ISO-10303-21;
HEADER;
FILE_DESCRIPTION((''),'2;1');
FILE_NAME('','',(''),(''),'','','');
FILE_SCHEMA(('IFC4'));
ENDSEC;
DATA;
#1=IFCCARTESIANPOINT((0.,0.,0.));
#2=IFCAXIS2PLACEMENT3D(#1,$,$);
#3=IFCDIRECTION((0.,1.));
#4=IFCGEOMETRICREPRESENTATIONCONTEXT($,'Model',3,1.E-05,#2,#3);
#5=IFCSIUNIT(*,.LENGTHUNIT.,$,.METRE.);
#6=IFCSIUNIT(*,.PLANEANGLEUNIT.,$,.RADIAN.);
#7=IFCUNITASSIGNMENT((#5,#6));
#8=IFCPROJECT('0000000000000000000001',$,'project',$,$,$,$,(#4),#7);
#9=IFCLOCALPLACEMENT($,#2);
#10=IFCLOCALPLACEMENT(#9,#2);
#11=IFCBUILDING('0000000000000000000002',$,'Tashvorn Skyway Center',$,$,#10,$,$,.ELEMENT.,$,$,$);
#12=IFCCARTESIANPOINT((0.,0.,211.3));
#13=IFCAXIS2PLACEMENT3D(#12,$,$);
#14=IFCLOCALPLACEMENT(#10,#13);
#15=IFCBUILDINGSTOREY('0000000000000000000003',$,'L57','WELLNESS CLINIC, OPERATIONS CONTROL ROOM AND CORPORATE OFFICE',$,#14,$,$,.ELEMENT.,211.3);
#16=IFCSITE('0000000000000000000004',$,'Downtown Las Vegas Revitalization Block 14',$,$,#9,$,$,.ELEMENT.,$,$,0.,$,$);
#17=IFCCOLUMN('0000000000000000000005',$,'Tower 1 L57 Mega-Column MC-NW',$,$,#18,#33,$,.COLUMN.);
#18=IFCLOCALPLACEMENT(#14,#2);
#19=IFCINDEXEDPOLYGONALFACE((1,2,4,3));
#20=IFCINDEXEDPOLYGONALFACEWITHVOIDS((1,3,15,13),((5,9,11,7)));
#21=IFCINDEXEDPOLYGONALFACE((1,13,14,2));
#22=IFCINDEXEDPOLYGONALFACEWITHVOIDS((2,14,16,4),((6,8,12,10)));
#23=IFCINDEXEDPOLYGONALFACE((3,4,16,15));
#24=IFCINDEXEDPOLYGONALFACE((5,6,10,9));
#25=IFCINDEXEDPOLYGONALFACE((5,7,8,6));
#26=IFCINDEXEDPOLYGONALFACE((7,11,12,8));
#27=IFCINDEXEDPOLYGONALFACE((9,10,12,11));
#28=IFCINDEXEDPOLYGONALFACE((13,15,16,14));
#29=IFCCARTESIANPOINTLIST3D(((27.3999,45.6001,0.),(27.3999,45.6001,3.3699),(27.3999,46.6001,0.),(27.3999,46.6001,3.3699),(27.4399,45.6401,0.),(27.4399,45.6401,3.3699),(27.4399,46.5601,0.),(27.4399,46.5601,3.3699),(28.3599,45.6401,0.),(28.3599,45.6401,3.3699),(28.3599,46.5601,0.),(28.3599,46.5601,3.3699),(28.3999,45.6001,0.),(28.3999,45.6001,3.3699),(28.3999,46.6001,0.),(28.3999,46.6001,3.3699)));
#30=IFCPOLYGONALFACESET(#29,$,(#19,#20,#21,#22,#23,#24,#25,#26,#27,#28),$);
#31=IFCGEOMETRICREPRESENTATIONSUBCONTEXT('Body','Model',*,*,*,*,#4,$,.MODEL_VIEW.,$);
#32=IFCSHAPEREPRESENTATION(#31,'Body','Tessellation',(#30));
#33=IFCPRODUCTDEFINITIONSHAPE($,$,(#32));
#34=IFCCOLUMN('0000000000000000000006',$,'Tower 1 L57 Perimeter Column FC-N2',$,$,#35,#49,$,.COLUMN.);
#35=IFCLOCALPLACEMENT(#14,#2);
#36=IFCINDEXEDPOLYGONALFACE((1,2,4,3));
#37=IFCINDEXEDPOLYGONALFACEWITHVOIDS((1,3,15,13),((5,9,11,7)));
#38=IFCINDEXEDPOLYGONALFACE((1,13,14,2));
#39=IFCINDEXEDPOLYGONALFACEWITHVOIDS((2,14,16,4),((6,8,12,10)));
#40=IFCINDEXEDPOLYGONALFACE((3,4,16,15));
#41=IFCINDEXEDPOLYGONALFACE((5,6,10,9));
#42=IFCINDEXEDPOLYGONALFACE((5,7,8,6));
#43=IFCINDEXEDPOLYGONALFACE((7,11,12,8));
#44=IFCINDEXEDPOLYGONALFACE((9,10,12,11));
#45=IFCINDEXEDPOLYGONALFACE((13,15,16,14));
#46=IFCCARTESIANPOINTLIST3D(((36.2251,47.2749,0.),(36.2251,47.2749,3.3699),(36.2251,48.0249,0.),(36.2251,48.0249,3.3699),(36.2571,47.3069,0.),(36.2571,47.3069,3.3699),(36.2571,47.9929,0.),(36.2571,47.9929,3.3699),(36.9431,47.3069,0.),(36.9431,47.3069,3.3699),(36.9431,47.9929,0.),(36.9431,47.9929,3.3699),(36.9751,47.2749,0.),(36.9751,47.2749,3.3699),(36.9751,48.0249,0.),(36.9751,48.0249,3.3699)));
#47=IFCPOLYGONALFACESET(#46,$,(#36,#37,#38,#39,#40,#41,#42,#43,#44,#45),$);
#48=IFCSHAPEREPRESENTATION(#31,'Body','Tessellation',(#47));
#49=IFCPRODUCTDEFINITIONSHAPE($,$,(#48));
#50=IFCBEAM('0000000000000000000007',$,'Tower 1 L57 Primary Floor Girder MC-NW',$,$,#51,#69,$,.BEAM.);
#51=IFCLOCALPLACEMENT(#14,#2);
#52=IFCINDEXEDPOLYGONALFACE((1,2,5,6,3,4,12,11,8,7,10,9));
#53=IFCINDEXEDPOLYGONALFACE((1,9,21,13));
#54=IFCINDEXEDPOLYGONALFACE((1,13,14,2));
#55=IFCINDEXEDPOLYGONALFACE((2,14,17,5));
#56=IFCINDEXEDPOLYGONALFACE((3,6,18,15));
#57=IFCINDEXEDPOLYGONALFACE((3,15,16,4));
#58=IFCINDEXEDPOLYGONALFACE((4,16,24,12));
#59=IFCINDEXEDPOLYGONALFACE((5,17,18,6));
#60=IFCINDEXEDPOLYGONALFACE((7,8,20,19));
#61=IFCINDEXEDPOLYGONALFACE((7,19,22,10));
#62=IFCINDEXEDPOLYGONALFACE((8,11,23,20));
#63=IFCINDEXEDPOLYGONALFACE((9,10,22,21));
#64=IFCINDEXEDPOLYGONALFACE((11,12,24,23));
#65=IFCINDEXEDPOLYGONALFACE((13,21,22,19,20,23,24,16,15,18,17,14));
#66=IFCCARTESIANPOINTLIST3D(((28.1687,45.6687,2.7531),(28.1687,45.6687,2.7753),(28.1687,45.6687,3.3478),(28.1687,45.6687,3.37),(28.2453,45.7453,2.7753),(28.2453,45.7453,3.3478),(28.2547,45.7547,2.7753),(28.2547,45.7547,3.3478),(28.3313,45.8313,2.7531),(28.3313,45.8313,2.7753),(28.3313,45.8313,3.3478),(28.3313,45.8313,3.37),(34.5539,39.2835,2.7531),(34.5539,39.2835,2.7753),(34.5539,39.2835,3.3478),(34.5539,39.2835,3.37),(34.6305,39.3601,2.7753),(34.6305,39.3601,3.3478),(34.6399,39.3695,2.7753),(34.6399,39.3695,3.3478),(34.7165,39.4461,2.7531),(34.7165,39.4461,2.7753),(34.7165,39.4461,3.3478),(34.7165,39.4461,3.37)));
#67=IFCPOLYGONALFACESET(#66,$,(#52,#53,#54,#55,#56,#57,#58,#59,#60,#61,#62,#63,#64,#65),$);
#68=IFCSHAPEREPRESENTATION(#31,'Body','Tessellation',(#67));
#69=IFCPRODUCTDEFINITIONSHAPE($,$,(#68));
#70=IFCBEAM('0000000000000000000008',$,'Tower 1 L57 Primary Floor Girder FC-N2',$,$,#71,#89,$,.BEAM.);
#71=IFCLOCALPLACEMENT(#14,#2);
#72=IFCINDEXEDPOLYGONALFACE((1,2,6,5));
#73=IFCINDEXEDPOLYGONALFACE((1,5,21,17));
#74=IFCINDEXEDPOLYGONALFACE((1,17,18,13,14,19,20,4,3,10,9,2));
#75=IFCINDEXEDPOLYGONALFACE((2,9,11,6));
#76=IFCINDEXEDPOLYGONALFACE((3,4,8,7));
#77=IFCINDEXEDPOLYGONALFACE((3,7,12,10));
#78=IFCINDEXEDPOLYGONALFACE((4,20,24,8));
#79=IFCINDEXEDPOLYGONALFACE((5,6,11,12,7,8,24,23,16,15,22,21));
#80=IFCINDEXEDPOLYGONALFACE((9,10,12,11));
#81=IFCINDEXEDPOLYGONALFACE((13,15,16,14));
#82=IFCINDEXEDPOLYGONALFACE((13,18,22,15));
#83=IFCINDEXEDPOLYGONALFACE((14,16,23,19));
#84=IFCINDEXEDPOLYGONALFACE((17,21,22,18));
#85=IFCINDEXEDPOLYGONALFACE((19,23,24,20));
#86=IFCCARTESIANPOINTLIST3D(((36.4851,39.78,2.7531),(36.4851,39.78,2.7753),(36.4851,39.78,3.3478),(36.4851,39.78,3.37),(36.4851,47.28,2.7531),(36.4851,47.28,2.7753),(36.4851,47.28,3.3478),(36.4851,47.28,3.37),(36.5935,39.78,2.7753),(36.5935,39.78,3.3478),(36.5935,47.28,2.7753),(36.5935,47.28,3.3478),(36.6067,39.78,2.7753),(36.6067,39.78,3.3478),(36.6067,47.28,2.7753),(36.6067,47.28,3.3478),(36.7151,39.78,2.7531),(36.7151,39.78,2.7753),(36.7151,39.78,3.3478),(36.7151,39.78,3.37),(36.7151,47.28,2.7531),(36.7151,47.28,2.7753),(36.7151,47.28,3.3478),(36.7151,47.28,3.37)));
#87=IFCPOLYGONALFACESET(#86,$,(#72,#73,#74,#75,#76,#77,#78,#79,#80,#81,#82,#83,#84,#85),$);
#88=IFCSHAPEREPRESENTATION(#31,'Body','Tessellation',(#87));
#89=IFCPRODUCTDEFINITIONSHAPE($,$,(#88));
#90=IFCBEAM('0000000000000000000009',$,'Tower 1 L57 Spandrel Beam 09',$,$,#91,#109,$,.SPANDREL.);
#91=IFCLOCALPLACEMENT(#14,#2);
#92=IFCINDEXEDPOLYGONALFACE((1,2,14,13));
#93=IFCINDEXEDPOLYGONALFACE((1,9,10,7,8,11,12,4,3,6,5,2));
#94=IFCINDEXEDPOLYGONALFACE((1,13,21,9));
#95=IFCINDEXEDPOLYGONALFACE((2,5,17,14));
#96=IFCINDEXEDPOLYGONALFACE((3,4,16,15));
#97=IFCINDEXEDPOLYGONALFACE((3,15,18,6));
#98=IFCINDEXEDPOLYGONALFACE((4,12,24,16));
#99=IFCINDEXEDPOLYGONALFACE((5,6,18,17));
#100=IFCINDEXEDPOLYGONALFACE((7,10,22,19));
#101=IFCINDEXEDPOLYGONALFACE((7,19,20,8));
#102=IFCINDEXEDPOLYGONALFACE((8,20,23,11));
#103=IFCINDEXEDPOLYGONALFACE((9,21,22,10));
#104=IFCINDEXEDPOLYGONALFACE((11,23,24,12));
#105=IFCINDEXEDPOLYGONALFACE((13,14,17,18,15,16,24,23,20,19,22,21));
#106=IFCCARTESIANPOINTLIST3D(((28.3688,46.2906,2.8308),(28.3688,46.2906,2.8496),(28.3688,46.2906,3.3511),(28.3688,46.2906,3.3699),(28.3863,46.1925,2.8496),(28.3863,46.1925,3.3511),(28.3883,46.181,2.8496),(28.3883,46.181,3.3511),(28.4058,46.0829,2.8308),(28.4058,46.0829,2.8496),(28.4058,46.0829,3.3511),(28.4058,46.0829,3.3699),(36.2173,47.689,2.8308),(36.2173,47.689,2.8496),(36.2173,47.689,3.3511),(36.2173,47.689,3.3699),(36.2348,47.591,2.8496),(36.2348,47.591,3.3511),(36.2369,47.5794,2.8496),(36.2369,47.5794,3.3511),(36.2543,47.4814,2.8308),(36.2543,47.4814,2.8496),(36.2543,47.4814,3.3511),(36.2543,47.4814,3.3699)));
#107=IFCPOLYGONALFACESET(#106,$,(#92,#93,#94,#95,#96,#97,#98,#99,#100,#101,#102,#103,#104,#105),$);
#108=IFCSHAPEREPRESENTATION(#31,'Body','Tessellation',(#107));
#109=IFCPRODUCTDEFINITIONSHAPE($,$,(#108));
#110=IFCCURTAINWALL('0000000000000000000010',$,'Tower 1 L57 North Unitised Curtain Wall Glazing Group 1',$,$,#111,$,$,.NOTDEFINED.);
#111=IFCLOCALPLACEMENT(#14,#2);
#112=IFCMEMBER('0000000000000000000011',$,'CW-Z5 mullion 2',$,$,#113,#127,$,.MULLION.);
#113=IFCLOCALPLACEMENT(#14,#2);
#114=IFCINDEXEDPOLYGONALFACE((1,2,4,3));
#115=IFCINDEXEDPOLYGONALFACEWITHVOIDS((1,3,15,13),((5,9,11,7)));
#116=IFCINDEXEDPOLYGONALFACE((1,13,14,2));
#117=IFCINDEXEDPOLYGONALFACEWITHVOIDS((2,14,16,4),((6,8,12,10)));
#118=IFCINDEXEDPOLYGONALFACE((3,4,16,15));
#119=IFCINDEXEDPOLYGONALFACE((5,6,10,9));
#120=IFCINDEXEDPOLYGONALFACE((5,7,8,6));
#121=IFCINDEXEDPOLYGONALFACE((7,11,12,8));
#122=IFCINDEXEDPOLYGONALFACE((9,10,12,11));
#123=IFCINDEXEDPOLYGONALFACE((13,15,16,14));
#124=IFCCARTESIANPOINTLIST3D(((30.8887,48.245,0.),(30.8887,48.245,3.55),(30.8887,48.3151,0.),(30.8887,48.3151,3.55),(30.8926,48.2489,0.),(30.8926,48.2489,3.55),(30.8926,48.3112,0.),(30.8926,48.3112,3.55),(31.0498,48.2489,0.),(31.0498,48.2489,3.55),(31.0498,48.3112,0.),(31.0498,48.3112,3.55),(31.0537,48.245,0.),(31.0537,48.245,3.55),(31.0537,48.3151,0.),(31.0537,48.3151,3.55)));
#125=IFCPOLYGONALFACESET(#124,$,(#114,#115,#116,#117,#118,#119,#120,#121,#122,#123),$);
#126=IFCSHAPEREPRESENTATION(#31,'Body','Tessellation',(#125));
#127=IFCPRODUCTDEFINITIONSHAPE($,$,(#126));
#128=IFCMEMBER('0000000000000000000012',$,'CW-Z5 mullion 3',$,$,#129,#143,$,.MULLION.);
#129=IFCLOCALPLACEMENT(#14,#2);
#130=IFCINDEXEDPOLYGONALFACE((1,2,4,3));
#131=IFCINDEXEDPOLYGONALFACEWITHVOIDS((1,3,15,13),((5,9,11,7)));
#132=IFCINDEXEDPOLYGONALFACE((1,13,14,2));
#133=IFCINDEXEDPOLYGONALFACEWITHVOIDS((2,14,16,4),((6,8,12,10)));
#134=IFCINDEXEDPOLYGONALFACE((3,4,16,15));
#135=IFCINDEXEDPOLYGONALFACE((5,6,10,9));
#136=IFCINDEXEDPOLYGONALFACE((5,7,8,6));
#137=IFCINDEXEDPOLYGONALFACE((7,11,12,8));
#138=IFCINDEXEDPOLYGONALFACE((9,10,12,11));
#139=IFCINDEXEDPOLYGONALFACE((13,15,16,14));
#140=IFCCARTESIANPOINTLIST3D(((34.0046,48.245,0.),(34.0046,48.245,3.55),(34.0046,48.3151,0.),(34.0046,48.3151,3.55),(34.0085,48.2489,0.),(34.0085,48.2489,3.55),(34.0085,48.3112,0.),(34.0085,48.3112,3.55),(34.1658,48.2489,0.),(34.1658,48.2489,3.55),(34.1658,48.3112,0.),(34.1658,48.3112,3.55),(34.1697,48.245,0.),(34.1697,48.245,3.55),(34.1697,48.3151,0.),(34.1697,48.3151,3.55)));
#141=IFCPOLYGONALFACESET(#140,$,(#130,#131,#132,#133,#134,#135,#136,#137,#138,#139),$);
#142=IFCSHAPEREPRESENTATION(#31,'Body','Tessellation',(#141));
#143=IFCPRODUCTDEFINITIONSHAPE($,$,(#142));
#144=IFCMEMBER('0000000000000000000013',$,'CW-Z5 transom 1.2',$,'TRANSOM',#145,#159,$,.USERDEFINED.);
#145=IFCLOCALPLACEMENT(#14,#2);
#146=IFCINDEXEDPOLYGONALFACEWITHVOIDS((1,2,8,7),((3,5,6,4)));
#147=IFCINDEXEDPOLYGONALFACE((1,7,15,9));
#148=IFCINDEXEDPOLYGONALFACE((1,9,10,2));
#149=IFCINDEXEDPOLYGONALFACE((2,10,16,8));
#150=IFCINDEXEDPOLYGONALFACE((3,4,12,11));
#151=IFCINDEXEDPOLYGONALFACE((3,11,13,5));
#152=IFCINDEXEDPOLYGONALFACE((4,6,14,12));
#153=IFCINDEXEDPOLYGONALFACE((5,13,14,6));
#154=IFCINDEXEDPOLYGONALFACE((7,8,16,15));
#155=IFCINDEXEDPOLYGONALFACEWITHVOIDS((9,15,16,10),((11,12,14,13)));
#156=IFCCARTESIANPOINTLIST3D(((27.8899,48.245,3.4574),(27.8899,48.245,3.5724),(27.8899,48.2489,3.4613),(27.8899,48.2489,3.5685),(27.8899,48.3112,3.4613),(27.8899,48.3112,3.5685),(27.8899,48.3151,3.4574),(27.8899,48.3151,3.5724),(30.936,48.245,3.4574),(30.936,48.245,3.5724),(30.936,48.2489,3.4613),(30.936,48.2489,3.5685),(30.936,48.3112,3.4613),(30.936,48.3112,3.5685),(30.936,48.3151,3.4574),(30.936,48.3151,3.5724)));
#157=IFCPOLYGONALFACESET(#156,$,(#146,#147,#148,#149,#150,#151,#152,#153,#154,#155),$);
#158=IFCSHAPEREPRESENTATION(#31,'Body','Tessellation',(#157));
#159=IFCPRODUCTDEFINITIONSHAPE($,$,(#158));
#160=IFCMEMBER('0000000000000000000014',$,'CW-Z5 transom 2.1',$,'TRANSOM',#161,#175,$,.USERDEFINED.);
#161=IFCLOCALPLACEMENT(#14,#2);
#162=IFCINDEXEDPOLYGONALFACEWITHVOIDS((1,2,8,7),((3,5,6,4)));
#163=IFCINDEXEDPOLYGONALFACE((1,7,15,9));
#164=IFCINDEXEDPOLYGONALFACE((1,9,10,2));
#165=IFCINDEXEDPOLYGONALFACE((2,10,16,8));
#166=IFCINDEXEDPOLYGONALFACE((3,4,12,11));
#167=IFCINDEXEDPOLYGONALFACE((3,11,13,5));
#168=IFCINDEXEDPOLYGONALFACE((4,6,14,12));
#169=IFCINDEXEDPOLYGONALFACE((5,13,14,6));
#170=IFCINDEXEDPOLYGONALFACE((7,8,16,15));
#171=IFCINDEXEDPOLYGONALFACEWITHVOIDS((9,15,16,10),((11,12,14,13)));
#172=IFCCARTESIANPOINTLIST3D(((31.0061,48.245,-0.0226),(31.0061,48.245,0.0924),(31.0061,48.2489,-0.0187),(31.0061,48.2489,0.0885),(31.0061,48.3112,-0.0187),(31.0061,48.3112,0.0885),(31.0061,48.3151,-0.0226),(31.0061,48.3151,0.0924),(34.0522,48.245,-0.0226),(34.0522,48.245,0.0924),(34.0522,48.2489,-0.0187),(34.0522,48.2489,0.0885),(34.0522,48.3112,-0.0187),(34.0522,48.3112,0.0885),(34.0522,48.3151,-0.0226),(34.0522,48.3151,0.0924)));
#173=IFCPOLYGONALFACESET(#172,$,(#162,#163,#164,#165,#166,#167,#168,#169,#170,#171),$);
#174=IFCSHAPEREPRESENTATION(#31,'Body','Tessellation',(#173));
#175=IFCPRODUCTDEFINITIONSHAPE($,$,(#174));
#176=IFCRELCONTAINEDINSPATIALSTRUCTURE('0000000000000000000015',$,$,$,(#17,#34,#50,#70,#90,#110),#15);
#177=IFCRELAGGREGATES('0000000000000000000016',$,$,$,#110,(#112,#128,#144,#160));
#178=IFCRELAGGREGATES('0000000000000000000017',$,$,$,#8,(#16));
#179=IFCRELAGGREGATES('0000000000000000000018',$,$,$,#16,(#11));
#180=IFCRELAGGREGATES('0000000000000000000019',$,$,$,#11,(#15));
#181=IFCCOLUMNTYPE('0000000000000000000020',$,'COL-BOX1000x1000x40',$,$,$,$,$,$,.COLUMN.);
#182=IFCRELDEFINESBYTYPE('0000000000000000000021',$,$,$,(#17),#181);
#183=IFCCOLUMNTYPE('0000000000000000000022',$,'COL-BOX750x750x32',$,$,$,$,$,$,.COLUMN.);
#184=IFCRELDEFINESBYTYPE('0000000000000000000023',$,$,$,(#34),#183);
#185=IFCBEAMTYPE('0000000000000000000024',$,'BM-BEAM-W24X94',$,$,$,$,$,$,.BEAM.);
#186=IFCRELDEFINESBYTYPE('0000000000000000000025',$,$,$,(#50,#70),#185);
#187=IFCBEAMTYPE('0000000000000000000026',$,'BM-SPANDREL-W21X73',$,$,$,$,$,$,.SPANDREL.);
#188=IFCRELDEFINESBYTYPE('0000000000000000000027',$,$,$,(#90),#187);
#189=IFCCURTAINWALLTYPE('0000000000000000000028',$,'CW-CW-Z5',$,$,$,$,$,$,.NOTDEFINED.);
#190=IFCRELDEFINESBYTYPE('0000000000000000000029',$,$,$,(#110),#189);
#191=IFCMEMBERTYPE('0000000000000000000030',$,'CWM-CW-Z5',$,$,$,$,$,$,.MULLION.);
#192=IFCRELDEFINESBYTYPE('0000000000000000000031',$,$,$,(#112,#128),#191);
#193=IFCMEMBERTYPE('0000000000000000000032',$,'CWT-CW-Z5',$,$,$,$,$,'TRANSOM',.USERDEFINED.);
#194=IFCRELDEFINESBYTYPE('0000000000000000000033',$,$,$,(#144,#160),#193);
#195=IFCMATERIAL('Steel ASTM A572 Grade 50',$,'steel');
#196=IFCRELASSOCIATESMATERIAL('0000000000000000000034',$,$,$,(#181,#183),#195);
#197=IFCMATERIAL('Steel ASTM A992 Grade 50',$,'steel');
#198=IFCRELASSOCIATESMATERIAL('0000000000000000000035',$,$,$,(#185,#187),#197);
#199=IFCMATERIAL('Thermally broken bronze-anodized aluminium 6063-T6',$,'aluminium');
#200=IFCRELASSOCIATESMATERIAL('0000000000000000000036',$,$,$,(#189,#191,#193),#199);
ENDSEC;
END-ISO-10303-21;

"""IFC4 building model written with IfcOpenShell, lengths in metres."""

from ifc_helpers import new_model, si_unit, direction, frame, origin, origin_2d, place, context, subcontext, project, spatial, hollow_rectangle, i_section, extrude, material, material_profile, profile_set, type_object, element, aggregate, save


model = new_model("IFC4")

# Units and contexts
model_context = context("Model", 3, precision=1e-05, world=origin(), true_north=direction((0.0, 1.0)))
body_context = subcontext(model_context, "Body", "Model", "MODEL_VIEW")
ifc_project = project(units=[si_unit("LENGTHUNIT", "METRE"), si_unit("PLANEANGLEUNIT", "RADIAN")], contexts=[model_context])

# Site, building, storey
site_placement = place(None, origin())
site = spatial("IfcSite", under=ifc_project, at=site_placement, Name="Downtown Las Vegas Revitalization Block 14", CompositionType="ELEMENT", RefElevation=0.0)
building_placement = place(site_placement, origin())
building = spatial("IfcBuilding", under=site, at=building_placement, Name="Tashvorn Skyway Center", CompositionType="ELEMENT")
storey_placement = place(building_placement, frame((0.0, 0.0, 211.3)))
storey = spatial("IfcBuildingStorey", under=building, at=storey_placement, Name="L57", Description="WELLNESS CLINIC, OPERATIONS CONTROL ROOM AND CORPORATE OFFICE", CompositionType="ELEMENT", Elevation=211.3)

# Columns
ifc_material_1 = material(Name="Steel ASTM A572 Grade 50", Category="steel")
ifc_material_profile_1 = material_profile(ifc_material_1, hollow_rectangle(XDim=1.0, YDim=1.0, WallThickness=0.04, at=origin_2d()), Name="BOX1000x1000x40")
ifc_profile_set_1 = profile_set([ifc_material_profile_1], Name="Steel ASTM A572 Grade 50")
column_type_1 = type_object("IfcColumnType", Name="COL-BOX1000x1000x40", PredefinedType="COLUMN", material=ifc_profile_set_1)
column_1_placement = place(storey_placement, frame((27.8999, 46.1001, 0.0), z_axis=(0.0, 0.0, 1.0), x_axis=(1.0, 0.0, 0.0)))
element("IfcColumn", 1, at=column_1_placement, inside=storey, type_object=column_type_1, Name="Tower 1 L57 Mega-Column MC-NW", PredefinedType="COLUMN", context=body_context, shape_type="SweptSolid", body=[
    extrude(hollow_rectangle(XDim=1.0, YDim=1.0, WallThickness=0.04, at=origin_2d()), origin(), (0.0, 0.0, 1.0), 3.3699),
])
ifc_material_profile_2 = material_profile(ifc_material_1, hollow_rectangle(XDim=0.75, YDim=0.75, WallThickness=0.032, at=origin_2d()), Name="BOX750x750x32")
ifc_profile_set_2 = profile_set([ifc_material_profile_2], Name="Steel ASTM A572 Grade 50")
column_type_2 = type_object("IfcColumnType", Name="COL-BOX750x750x32", PredefinedType="COLUMN", material=ifc_profile_set_2)
column_2_placement = place(storey_placement, frame((36.6001, 47.6499, 0.0), z_axis=(0.0, 0.0, 1.0), x_axis=(1.0, 0.0, 0.0)))
element("IfcColumn", 2, at=column_2_placement, inside=storey, type_object=column_type_2, Name="Tower 1 L57 Perimeter Column FC-N2", PredefinedType="COLUMN", context=body_context, shape_type="SweptSolid", body=[
    extrude(hollow_rectangle(XDim=0.75, YDim=0.75, WallThickness=0.032, at=origin_2d()), origin(), (0.0, 0.0, 1.0), 3.3699),
])

# Beams
ifc_material_2 = material(Name="Steel ASTM A992 Grade 50", Category="steel")
ifc_material_profile_3 = material_profile(ifc_material_2, i_section(OverallWidth=0.23, OverallDepth=0.6169, WebThickness=0.0132, FlangeThickness=0.0222, at=origin_2d()), Name="W24X94")
ifc_profile_set_3 = profile_set([ifc_material_profile_3], Name="Steel ASTM A992 Grade 50")
beam_type_1 = type_object("IfcBeamType", Name="BM-BEAM-W24X94", PredefinedType="BEAM", material=ifc_profile_set_3)
beam_1_placement = place(storey_placement, frame((28.25, 45.75, 3.0615), z_axis=(0.707107, -0.707107, 0.0), x_axis=(0.707107, 0.707107, 0.0)))
element("IfcBeam", 3, at=beam_1_placement, inside=storey, type_object=beam_type_1, Name="Tower 1 L57 Primary Floor Girder MC-NW", PredefinedType="BEAM", context=body_context, shape_type="SweptSolid", body=[
    extrude(i_section(OverallWidth=0.23, OverallDepth=0.6169, WebThickness=0.0132, FlangeThickness=0.0222, at=origin_2d()), origin(), (0.0, 0.0, 1.0), 9.03),
])
beam_2_placement = place(storey_placement, frame((36.6001, 47.28, 3.0615), z_axis=(0.0, -1.0, 0.0), x_axis=(1.0, 0.0, 0.0)))
element("IfcBeam", 4, at=beam_2_placement, inside=storey, type_object=beam_type_1, Name="Tower 1 L57 Primary Floor Girder FC-N2", PredefinedType="BEAM", context=body_context, shape_type="SweptSolid", body=[
    extrude(i_section(OverallWidth=0.23, OverallDepth=0.6169, WebThickness=0.0132, FlangeThickness=0.0222, at=origin_2d()), origin(), (0.0, 0.0, 1.0), 7.5),
])
ifc_material_profile_4 = material_profile(ifc_material_2, i_section(OverallWidth=0.2109, OverallDepth=0.5391, WebThickness=0.0117, FlangeThickness=0.0188, at=origin_2d()), Name="W21X73")
ifc_profile_set_4 = profile_set([ifc_material_profile_4], Name="Steel ASTM A992 Grade 50")
beam_type_2 = type_object("IfcBeamType", Name="BM-SPANDREL-W21X73", PredefinedType="SPANDREL", material=ifc_profile_set_4)
beam_3_placement = place(storey_placement, frame((36.2358, 47.5852, 3.1003), z_axis=(-0.984495, -0.175413, 0.0), x_axis=(0.175413, -0.984495, 0.0)))
element("IfcBeam", 5, at=beam_3_placement, inside=storey, type_object=beam_type_2, Name="Tower 1 L57 Spandrel Beam 09", PredefinedType="SPANDREL", context=body_context, shape_type="SweptSolid", body=[
    extrude(i_section(OverallWidth=0.2109, OverallDepth=0.5391, WebThickness=0.0117, FlangeThickness=0.0188, at=origin_2d()), origin(), (0.0, 0.0, 1.0), 7.9722),
])

# Curtain wall, members
ifc_material_3 = material(Name="Thermally broken bronze-anodized aluminium 6063-T6", Category="aluminium")
curtain_wall_type = type_object("IfcCurtainWallType", Name="CW-CW-Z5", PredefinedType="NOTDEFINED", material=ifc_material_3)
curtain_wall_placement = place(storey_placement, origin())
curtain_wall = element("IfcCurtainWall", 6, at=curtain_wall_placement, inside=storey, type_object=curtain_wall_type, Name="Tower 1 L57 North Unitised Curtain Wall Glazing Group 1", PredefinedType="NOTDEFINED")
ifc_material_profile_5 = material_profile(ifc_material_3, hollow_rectangle(XDim=0.0701, YDim=0.165, WallThickness=0.0039, at=origin_2d()), Name="ALU-MULL-70x165")
ifc_profile_set_5 = profile_set([ifc_material_profile_5], Name="Thermally broken bronze-anodized aluminium 6063-T6")
member_type_1 = type_object("IfcMemberType", Name="CWM-CW-Z5", PredefinedType="MULLION", material=ifc_profile_set_5)
member_1_placement = place(storey_placement, frame((30.9712, 48.28, 0.0), z_axis=(0.0, 0.0, 1.0), x_axis=(0.0, 1.0, 0.0)))
member_1 = element("IfcMember", 7, at=member_1_placement, type_object=member_type_1, Name="CW-Z5 mullion 2", PredefinedType="MULLION", context=body_context, shape_type="SweptSolid", body=[
    extrude(hollow_rectangle(XDim=0.0701, YDim=0.165, WallThickness=0.0039, at=origin_2d()), origin(), (0.0, 0.0, 1.0), 3.55),
])
member_2_placement = place(storey_placement, frame((34.0872, 48.28, 0.0), z_axis=(0.0, 0.0, 1.0), x_axis=(0.0, 1.0, 0.0)))
member_2 = element("IfcMember", 8, at=member_2_placement, type_object=member_type_1, Name="CW-Z5 mullion 3", PredefinedType="MULLION", context=body_context, shape_type="SweptSolid", body=[
    extrude(hollow_rectangle(XDim=0.0701, YDim=0.165, WallThickness=0.0039, at=origin_2d()), origin(), (0.0, 0.0, 1.0), 3.55),
])
ifc_material_profile_6 = material_profile(ifc_material_3, hollow_rectangle(XDim=0.0701, YDim=0.115, WallThickness=0.0039, at=origin_2d()), Name="ALU-TRAN-70x115")
ifc_profile_set_6 = profile_set([ifc_material_profile_6], Name="Thermally broken bronze-anodized aluminium 6063-T6")
member_type_2 = type_object("IfcMemberType", Name="CWT-CW-Z5", ElementType="TRANSOM", PredefinedType="USERDEFINED", material=ifc_profile_set_6)
member_3_placement = place(storey_placement, frame((27.8899, 48.28, 3.5149), z_axis=(1.0, 0.0, 0.0), x_axis=(0.0, 1.0, 0.0)))
member_3 = element("IfcMember", 9, at=member_3_placement, type_object=member_type_2, Name="CW-Z5 transom 1.2", ObjectType="TRANSOM", PredefinedType="USERDEFINED", context=body_context, shape_type="SweptSolid", body=[
    extrude(hollow_rectangle(XDim=0.0701, YDim=0.115, WallThickness=0.0039, at=origin_2d()), origin(), (0.0, 0.0, 1.0), 3.0461),
])
member_4_placement = place(storey_placement, frame((31.0061, 48.28, 0.0349), z_axis=(1.0, 0.0, 0.0), x_axis=(0.0, 1.0, 0.0)))
member_4 = element("IfcMember", 10, at=member_4_placement, type_object=member_type_2, Name="CW-Z5 transom 2.1", ObjectType="TRANSOM", PredefinedType="USERDEFINED", context=body_context, shape_type="SweptSolid", body=[
    extrude(hollow_rectangle(XDim=0.0701, YDim=0.115, WallThickness=0.0039, at=origin_2d()), origin(), (0.0, 0.0, 1.0), 3.0461),
])
aggregate(curtain_wall, [member_1, member_2, member_3, member_4])

save(model, "model.ifc")
